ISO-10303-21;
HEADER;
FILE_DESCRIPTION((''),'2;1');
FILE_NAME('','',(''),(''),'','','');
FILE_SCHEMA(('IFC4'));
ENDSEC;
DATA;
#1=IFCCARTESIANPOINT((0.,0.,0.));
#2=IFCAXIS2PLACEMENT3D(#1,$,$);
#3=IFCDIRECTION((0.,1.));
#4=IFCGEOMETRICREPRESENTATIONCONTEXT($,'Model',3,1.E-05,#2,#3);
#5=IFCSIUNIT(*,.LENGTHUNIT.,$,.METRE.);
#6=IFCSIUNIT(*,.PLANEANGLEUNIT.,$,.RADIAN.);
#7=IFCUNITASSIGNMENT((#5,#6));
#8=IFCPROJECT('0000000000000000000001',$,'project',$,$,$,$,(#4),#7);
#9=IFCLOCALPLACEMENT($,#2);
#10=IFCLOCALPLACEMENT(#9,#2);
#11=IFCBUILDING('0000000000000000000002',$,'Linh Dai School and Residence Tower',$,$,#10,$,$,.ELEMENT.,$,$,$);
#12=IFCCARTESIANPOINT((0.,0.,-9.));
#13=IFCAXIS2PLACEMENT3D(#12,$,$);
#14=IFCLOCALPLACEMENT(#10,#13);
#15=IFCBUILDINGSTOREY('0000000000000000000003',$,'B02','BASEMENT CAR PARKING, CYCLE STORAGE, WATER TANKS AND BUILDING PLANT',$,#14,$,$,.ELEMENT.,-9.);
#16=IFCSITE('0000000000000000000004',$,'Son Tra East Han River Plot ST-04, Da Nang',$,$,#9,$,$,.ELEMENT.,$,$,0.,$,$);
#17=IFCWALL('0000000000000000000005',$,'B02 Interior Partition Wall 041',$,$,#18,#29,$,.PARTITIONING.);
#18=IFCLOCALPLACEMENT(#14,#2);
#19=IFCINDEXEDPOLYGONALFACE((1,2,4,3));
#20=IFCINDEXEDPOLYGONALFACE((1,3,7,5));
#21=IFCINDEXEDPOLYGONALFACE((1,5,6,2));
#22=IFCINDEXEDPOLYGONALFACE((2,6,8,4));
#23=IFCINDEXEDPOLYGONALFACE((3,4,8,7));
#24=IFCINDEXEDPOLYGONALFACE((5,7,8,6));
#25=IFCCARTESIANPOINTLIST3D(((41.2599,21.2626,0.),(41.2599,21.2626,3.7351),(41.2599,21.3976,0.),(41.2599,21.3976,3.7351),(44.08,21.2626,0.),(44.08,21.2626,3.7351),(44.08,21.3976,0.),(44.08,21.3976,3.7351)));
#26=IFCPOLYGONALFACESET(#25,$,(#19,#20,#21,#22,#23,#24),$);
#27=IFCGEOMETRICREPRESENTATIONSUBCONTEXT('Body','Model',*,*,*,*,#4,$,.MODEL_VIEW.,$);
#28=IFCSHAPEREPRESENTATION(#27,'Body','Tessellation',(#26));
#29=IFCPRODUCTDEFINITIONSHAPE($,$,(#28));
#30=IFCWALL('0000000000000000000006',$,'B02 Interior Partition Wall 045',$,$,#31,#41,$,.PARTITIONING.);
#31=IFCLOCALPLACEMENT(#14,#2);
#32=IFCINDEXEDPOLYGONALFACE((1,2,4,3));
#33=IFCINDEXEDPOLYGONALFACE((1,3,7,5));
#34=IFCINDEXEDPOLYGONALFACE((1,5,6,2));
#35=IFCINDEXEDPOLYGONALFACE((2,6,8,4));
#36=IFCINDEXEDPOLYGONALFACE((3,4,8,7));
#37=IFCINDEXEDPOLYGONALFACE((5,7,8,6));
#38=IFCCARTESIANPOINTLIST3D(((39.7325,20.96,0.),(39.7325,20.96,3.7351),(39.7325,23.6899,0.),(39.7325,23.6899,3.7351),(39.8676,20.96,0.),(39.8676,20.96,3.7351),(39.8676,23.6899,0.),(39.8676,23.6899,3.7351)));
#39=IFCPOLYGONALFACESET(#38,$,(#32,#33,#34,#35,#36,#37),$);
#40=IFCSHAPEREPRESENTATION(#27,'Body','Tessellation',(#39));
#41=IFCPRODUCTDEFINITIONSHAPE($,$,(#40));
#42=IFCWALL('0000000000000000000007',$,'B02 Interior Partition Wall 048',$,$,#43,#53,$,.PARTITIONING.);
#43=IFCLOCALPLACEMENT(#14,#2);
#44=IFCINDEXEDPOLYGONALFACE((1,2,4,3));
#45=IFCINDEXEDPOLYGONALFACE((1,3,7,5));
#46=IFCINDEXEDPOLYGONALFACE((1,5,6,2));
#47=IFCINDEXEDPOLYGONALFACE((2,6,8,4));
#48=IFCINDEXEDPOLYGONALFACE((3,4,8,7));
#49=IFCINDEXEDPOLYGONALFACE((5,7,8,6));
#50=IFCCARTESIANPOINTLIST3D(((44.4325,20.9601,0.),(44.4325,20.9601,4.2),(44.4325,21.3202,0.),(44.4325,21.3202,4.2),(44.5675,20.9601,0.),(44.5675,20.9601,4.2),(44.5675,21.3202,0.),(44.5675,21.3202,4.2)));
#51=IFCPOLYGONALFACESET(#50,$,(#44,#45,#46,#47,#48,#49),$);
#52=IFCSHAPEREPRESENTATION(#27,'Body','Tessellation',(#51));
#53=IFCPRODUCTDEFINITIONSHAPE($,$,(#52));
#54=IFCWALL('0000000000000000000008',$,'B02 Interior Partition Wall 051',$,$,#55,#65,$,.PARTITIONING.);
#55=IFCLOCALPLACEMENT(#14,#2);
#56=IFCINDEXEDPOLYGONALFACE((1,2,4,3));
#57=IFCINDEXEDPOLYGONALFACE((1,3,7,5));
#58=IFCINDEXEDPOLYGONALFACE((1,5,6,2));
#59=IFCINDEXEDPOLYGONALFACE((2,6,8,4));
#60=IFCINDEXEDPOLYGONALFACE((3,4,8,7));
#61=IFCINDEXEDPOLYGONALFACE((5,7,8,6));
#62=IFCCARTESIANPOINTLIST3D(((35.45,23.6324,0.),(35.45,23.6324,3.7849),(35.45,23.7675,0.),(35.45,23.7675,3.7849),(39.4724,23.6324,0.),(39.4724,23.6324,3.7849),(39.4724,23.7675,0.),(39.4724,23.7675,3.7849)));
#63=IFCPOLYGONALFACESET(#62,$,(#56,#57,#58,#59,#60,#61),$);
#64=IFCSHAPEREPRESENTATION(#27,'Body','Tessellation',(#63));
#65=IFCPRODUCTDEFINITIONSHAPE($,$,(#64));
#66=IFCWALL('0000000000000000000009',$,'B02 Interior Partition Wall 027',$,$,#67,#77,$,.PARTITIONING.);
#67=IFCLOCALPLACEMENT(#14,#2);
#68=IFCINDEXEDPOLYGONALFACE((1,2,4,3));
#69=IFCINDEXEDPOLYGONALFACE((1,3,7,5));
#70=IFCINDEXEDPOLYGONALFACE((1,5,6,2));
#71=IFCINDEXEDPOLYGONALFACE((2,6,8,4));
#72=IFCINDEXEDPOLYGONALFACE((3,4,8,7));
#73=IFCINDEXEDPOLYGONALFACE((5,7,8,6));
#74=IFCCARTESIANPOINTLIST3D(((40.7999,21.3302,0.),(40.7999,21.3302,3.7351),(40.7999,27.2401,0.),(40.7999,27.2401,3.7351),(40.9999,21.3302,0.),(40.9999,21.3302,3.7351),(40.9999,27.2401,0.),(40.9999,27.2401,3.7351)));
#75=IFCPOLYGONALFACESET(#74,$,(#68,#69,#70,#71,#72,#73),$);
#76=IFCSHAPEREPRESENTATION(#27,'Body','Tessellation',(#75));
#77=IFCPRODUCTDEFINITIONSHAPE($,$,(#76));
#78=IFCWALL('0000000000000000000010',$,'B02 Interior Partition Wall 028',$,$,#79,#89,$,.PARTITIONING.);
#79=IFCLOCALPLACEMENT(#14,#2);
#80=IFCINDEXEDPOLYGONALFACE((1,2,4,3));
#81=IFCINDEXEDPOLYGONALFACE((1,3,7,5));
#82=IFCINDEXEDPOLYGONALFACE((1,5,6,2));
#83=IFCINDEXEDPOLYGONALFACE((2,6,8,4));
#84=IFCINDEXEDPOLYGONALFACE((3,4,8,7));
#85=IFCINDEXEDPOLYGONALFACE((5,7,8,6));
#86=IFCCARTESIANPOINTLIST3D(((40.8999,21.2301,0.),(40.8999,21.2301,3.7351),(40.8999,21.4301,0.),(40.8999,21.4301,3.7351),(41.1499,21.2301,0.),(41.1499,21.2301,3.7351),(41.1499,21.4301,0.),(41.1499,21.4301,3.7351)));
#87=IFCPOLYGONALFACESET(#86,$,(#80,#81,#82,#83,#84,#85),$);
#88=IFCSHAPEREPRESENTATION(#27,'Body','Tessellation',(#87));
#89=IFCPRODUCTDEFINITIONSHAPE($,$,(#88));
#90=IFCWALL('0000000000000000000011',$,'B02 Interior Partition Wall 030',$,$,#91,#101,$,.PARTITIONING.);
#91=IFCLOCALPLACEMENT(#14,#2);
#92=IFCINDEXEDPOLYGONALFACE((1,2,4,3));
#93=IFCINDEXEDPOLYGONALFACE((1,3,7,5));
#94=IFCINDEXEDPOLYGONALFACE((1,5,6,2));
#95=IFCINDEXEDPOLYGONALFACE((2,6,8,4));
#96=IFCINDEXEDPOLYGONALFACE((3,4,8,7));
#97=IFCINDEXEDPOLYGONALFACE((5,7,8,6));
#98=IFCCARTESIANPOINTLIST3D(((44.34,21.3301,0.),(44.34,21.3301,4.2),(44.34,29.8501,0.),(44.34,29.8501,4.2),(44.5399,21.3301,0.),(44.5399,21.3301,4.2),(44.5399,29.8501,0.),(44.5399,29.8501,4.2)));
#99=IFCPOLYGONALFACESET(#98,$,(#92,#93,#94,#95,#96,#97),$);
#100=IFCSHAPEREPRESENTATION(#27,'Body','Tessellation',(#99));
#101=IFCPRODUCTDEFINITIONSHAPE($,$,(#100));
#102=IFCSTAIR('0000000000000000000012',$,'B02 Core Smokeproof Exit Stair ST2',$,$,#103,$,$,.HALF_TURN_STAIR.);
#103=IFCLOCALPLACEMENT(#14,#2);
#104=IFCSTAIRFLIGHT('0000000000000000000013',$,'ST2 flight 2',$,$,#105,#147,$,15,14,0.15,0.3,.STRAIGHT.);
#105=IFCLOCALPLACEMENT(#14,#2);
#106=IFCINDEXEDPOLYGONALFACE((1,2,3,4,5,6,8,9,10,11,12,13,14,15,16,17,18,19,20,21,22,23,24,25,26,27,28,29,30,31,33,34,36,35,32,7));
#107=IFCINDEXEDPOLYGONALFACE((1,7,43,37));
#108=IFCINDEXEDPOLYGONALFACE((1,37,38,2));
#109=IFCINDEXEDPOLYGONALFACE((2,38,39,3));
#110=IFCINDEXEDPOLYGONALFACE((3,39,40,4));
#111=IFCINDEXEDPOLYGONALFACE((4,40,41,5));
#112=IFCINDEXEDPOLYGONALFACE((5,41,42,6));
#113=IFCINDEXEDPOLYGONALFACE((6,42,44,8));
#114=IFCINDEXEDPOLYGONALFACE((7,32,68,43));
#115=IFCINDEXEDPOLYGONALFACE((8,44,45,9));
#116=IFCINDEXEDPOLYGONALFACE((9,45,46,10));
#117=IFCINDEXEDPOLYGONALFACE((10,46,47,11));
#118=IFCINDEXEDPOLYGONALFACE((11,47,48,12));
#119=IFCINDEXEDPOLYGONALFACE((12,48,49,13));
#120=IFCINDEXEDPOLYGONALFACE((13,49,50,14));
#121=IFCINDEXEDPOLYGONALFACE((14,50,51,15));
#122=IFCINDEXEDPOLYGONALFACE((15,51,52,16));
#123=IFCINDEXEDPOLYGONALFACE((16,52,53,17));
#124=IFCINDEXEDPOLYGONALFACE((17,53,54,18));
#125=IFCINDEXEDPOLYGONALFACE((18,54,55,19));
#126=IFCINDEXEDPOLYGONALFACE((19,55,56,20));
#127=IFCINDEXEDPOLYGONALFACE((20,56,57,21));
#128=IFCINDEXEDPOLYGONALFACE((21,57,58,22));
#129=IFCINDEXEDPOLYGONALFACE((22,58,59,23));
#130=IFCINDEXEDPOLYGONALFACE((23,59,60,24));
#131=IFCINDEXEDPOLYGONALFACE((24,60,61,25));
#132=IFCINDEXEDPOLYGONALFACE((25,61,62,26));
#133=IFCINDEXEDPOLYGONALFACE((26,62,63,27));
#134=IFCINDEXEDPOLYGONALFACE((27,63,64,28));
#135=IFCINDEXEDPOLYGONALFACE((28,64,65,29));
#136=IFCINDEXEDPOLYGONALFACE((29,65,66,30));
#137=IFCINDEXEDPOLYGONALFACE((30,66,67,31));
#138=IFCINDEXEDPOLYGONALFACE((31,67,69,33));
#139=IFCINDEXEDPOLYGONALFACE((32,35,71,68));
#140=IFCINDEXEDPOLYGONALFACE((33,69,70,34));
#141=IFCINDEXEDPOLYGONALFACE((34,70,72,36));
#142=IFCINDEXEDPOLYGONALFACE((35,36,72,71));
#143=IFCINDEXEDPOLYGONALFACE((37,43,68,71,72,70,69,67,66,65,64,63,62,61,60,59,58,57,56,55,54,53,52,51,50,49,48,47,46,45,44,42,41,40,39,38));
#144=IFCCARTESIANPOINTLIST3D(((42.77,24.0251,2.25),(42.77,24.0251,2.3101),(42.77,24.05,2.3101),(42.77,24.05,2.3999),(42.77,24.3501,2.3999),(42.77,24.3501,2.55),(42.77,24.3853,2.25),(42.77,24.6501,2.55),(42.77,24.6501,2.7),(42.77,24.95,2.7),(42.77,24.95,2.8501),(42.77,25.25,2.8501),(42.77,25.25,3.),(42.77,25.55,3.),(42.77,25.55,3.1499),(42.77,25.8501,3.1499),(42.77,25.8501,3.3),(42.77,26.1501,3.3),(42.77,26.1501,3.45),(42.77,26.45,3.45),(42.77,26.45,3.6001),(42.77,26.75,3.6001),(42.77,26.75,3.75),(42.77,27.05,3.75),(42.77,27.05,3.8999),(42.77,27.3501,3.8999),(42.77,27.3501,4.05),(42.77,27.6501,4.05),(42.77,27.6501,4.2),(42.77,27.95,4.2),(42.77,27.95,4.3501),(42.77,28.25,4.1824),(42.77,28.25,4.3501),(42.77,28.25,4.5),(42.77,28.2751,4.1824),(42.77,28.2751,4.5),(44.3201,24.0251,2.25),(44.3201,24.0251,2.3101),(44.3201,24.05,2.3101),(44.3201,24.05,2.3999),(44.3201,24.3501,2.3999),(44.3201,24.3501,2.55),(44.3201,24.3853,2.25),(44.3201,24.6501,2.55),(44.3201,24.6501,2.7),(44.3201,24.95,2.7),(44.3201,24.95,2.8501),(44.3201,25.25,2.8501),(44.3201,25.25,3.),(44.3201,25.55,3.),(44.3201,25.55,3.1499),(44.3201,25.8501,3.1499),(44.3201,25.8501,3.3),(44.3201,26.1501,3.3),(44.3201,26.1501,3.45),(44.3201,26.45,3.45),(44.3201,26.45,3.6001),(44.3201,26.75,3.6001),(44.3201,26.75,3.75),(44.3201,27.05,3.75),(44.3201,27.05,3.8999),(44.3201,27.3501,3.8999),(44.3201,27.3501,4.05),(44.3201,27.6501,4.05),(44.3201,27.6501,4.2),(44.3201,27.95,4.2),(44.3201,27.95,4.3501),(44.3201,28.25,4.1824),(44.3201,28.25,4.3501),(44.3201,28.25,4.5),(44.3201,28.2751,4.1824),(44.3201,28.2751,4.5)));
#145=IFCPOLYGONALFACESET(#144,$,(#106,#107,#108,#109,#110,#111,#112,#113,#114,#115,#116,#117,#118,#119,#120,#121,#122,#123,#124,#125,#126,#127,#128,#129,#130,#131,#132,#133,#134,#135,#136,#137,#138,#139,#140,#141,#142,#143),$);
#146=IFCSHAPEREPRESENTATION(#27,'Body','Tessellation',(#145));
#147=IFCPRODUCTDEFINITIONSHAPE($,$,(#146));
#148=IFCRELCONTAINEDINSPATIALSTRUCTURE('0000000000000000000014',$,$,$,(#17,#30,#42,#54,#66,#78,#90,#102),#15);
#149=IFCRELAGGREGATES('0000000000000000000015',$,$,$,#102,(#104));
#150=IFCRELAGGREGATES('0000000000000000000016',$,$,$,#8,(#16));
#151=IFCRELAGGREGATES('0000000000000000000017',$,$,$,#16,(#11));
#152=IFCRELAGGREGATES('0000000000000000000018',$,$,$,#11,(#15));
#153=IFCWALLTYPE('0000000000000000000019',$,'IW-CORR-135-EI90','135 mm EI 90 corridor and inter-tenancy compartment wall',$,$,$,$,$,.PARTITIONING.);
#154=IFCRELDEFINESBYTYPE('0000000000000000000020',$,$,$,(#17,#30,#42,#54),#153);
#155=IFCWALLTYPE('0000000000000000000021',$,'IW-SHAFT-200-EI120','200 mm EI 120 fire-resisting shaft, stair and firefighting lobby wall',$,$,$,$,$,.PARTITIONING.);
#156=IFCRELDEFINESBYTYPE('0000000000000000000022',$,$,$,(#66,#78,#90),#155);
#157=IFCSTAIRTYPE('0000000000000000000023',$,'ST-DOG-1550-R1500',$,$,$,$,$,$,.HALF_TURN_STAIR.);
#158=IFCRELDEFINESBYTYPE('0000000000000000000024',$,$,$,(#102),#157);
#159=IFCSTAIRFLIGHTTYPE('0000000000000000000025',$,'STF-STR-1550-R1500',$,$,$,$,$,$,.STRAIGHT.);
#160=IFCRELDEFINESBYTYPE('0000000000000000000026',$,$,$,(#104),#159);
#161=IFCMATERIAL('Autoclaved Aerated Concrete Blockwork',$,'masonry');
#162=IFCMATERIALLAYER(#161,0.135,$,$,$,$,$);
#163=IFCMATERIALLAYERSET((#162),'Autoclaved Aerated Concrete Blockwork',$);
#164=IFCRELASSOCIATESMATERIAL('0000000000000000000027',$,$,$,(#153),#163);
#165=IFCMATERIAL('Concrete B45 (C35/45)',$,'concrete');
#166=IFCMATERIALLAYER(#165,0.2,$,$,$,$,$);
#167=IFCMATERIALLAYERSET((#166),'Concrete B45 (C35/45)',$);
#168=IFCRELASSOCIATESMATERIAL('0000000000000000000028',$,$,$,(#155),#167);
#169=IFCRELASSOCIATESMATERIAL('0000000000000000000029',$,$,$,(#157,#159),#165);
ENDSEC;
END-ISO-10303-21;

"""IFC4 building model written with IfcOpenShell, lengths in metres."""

from ifc_helpers import new_model, si_unit, direction, frame, frame_2d, origin, place, context, subcontext, project, spatial, polyline, rectangle, outline, extrude, source, transform, mapped, material, layer, layer_set, type_object, element, aggregate, save


model = new_model("IFC4")

# Units and contexts
model_context = context("Model", 3, precision=1e-05, world=origin(), true_north=direction((0.0, 1.0)))
body_context = subcontext(model_context, "Body", "Model", "MODEL_VIEW")
ifc_project = project(units=[si_unit("LENGTHUNIT", "METRE"), si_unit("PLANEANGLEUNIT", "RADIAN")], contexts=[model_context])

# Site, building, storey
site_placement = place(None, origin())
site = spatial("IfcSite", under=ifc_project, at=site_placement, Name="Son Tra East Han River Plot ST-04, Da Nang", CompositionType="ELEMENT", RefElevation=0.0)
building_placement = place(site_placement, origin())
building = spatial("IfcBuilding", under=site, at=building_placement, Name="Linh Dai School and Residence Tower", CompositionType="ELEMENT")
storey_placement = place(building_placement, frame((0.0, 0.0, -9.0)))
storey = spatial("IfcBuildingStorey", under=building, at=storey_placement, Name="B02", Description="BASEMENT CAR PARKING, CYCLE STORAGE, WATER TANKS AND BUILDING PLANT", CompositionType="ELEMENT", Elevation=-9.0)

# Shared definitions
ifc_material_1 = material(Name="Concrete B45 (C35/45)", Category="concrete")

# Shared definitions
ifc_material_2 = material(Name="Autoclaved Aerated Concrete Blockwork", Category="masonry")
ifc_layer_1 = layer(ifc_material_2, 0.135)
ifc_layer_set_1 = layer_set([ifc_layer_1], Name="Autoclaved Aerated Concrete Blockwork")
wall_type_1 = type_object("IfcWallType", Name="IW-CORR-135-EI90", Description="135 mm EI 90 corridor and inter-tenancy compartment wall", PredefinedType="PARTITIONING", material=ifc_layer_set_1)

# Walls
wall_1_placement = place(storey_placement, frame((44.0801, 21.3301, 0.0), z_axis=(0.0, 0.0, 1.0), x_axis=(-1.0, 0.0, 0.0)))
element("IfcWall", 1, at=wall_1_placement, inside=storey, type_object=wall_type_1, Name="B02 Interior Partition Wall 041", PredefinedType="PARTITIONING", context=body_context, shape_type="SweptSolid", body=[
    extrude(rectangle(XDim=2.8201, YDim=0.135, at=frame_2d((1.4102, 0.0))), origin(), (0.0, 0.0, 1.0), 3.7351),
])
wall_2_placement = place(storey_placement, frame((39.8, 20.96, 0.0), z_axis=(0.0, 0.0, 1.0), x_axis=(0.0, 1.0, 0.0)))
element("IfcWall", 2, at=wall_2_placement, inside=storey, type_object=wall_type_1, Name="B02 Interior Partition Wall 045", PredefinedType="PARTITIONING", context=body_context, shape_type="SweptSolid", body=[
    extrude(rectangle(XDim=2.73, YDim=0.135, at=frame_2d((1.365, 0.0))), origin(), (0.0, 0.0, 1.0), 3.7351),
])
wall_3_placement = place(storey_placement, frame((44.5, 20.96, 0.0), z_axis=(0.0, 0.0, 1.0), x_axis=(0.0, 1.0, 0.0)))
element("IfcWall", 3, at=wall_3_placement, inside=storey, type_object=wall_type_1, Name="B02 Interior Partition Wall 048", PredefinedType="PARTITIONING", context=body_context, shape_type="SweptSolid", body=[
    extrude(rectangle(XDim=0.3601, YDim=0.135, at=frame_2d((0.1802, 0.0))), origin(), (0.0, 0.0, 1.0), 4.2),
])
wall_4_placement = place(storey_placement, frame((39.4724, 23.7, 0.0), z_axis=(0.0, 0.0, 1.0), x_axis=(-1.0, 0.0, 0.0)))
element("IfcWall", 4, at=wall_4_placement, inside=storey, type_object=wall_type_1, Name="B02 Interior Partition Wall 051", PredefinedType="PARTITIONING", context=body_context, shape_type="SweptSolid", body=[
    extrude(rectangle(XDim=4.0225, YDim=0.135, at=frame_2d((2.0112, 0.0))), origin(), (0.0, 0.0, 1.0), 3.7849),
])
ifc_layer_2 = layer(ifc_material_1, 0.2)
ifc_layer_set_2 = layer_set([ifc_layer_2], Name="Concrete B45 (C35/45)")
wall_type_2 = type_object("IfcWallType", Name="IW-SHAFT-200-EI120", Description="200 mm EI 120 fire-resisting shaft, stair and firefighting lobby wall", PredefinedType="PARTITIONING", material=ifc_layer_set_2)
wall_5_placement = place(storey_placement, frame((40.8999, 21.3301, 0.0), z_axis=(0.0, 0.0, 1.0), x_axis=(0.0, 1.0, 0.0)))
element("IfcWall", 5, at=wall_5_placement, inside=storey, type_object=wall_type_2, Name="B02 Interior Partition Wall 027", PredefinedType="PARTITIONING", context=body_context, shape_type="SweptSolid", body=[
    extrude(rectangle(XDim=5.9099, YDim=0.2, at=frame_2d((2.9551, 0.0))), origin(), (0.0, 0.0, 1.0), 3.7351),
])
wall_6_placement = place(storey_placement, frame((40.8999, 21.3301, 0.0), z_axis=(0.0, 0.0, 1.0), x_axis=(1.0, 0.0, 0.0)))
element("IfcWall", 6, at=wall_6_placement, inside=storey, type_object=wall_type_2, Name="B02 Interior Partition Wall 028", PredefinedType="PARTITIONING", context=body_context, shape_type="SweptSolid", body=[
    extrude(rectangle(XDim=0.25, YDim=0.2, at=frame_2d((0.125, 0.0))), origin(), (0.0, 0.0, 1.0), 3.7351),
])
wall_7_placement = place(storey_placement, frame((44.4399, 21.3301, 0.0), z_axis=(0.0, 0.0, 1.0), x_axis=(0.0, 1.0, 0.0)))
element("IfcWall", 7, at=wall_7_placement, inside=storey, type_object=wall_type_2, Name="B02 Interior Partition Wall 030", PredefinedType="PARTITIONING", context=body_context, shape_type="SweptSolid", body=[
    extrude(rectangle(XDim=8.52, YDim=0.2, at=frame_2d((4.26, 0.0))), origin(), (0.0, 0.0, 1.0), 4.2),
])

# Stair, stair flight
stair_type = type_object("IfcStairType", Name="ST-DOG-1550-R1500", PredefinedType="HALF_TURN_STAIR", material=ifc_material_1)
stair_placement = place(storey_placement, origin())
stair = element("IfcStair", 8, at=stair_placement, inside=storey, type_object=stair_type, Name="B02 Core Smokeproof Exit Stair ST2", PredefinedType="HALF_TURN_STAIR")
stair_flight_type = type_object("IfcStairFlightType", Name="STF-STR-1550-R1500", PredefinedType="STRAIGHT", material=ifc_material_1)
shared_shape_1 = source(origin(), body_context, "Body", "SweptSolid", [
    extrude(outline(polyline([(-0.0249, 0.0), (-0.0249, 0.0601), (0.0, 0.0601), (0.0, 0.1499), (0.3, 0.1499), (0.3, 0.3), (0.6001, 0.3), (0.6001, 0.45), (0.8999, 0.45), (0.8999, 0.6001), (1.2, 0.6001), (1.2, 0.75), (1.5, 0.75), (1.5, 0.8999), (1.8, 0.8999), (1.8, 1.05), (2.1001, 1.05), (2.1001, 1.2), (2.3999, 1.2), (2.3999, 1.3501), (2.7, 1.3501), (2.7, 1.5), (3.0, 1.5), (3.0, 1.6499), (3.3, 1.6499), (3.3, 1.8), (3.6001, 1.8), (3.6001, 1.95), (3.8999, 1.95), (3.8999, 2.1001), (4.2, 2.1001), (4.2, 2.25), (4.2251, 2.25), (4.2251, 1.9324), (4.2, 1.9324), (0.3352, 0.0), (-0.0249, 0.0)])), frame((0.0, 0.7749, 0.0), z_axis=(0.0, -1.0, 0.0), x_axis=(1.0, 0.0, 0.0)), (0.0, 0.0, 1.0), 1.55),
])
stair_flight_placement = place(storey_placement, frame((43.5449, 24.05, 2.25), z_axis=(0.0, 0.0, 1.0), x_axis=(0.0, 1.0, 0.0)))
stair_flight = element("IfcStairFlight", 9, at=stair_flight_placement, type_object=stair_flight_type, Name="ST2 flight 2", NumberOfRisers=15, NumberOfTreads=14, PredefinedType="STRAIGHT", RiserHeight=0.15, TreadLength=0.3, context=body_context, shape_type="MappedRepresentation", body=[
    mapped(shared_shape_1, transform((0.0, 0.0, 0.0), x_axis=(1.0, 0.0, 0.0), y_axis=(0.0, 1.0, 0.0), z_axis=(0.0, 0.0, 1.0), scale=1.0)),
])
aggregate(stair, [stair_flight])

save(model, "model.ifc")
